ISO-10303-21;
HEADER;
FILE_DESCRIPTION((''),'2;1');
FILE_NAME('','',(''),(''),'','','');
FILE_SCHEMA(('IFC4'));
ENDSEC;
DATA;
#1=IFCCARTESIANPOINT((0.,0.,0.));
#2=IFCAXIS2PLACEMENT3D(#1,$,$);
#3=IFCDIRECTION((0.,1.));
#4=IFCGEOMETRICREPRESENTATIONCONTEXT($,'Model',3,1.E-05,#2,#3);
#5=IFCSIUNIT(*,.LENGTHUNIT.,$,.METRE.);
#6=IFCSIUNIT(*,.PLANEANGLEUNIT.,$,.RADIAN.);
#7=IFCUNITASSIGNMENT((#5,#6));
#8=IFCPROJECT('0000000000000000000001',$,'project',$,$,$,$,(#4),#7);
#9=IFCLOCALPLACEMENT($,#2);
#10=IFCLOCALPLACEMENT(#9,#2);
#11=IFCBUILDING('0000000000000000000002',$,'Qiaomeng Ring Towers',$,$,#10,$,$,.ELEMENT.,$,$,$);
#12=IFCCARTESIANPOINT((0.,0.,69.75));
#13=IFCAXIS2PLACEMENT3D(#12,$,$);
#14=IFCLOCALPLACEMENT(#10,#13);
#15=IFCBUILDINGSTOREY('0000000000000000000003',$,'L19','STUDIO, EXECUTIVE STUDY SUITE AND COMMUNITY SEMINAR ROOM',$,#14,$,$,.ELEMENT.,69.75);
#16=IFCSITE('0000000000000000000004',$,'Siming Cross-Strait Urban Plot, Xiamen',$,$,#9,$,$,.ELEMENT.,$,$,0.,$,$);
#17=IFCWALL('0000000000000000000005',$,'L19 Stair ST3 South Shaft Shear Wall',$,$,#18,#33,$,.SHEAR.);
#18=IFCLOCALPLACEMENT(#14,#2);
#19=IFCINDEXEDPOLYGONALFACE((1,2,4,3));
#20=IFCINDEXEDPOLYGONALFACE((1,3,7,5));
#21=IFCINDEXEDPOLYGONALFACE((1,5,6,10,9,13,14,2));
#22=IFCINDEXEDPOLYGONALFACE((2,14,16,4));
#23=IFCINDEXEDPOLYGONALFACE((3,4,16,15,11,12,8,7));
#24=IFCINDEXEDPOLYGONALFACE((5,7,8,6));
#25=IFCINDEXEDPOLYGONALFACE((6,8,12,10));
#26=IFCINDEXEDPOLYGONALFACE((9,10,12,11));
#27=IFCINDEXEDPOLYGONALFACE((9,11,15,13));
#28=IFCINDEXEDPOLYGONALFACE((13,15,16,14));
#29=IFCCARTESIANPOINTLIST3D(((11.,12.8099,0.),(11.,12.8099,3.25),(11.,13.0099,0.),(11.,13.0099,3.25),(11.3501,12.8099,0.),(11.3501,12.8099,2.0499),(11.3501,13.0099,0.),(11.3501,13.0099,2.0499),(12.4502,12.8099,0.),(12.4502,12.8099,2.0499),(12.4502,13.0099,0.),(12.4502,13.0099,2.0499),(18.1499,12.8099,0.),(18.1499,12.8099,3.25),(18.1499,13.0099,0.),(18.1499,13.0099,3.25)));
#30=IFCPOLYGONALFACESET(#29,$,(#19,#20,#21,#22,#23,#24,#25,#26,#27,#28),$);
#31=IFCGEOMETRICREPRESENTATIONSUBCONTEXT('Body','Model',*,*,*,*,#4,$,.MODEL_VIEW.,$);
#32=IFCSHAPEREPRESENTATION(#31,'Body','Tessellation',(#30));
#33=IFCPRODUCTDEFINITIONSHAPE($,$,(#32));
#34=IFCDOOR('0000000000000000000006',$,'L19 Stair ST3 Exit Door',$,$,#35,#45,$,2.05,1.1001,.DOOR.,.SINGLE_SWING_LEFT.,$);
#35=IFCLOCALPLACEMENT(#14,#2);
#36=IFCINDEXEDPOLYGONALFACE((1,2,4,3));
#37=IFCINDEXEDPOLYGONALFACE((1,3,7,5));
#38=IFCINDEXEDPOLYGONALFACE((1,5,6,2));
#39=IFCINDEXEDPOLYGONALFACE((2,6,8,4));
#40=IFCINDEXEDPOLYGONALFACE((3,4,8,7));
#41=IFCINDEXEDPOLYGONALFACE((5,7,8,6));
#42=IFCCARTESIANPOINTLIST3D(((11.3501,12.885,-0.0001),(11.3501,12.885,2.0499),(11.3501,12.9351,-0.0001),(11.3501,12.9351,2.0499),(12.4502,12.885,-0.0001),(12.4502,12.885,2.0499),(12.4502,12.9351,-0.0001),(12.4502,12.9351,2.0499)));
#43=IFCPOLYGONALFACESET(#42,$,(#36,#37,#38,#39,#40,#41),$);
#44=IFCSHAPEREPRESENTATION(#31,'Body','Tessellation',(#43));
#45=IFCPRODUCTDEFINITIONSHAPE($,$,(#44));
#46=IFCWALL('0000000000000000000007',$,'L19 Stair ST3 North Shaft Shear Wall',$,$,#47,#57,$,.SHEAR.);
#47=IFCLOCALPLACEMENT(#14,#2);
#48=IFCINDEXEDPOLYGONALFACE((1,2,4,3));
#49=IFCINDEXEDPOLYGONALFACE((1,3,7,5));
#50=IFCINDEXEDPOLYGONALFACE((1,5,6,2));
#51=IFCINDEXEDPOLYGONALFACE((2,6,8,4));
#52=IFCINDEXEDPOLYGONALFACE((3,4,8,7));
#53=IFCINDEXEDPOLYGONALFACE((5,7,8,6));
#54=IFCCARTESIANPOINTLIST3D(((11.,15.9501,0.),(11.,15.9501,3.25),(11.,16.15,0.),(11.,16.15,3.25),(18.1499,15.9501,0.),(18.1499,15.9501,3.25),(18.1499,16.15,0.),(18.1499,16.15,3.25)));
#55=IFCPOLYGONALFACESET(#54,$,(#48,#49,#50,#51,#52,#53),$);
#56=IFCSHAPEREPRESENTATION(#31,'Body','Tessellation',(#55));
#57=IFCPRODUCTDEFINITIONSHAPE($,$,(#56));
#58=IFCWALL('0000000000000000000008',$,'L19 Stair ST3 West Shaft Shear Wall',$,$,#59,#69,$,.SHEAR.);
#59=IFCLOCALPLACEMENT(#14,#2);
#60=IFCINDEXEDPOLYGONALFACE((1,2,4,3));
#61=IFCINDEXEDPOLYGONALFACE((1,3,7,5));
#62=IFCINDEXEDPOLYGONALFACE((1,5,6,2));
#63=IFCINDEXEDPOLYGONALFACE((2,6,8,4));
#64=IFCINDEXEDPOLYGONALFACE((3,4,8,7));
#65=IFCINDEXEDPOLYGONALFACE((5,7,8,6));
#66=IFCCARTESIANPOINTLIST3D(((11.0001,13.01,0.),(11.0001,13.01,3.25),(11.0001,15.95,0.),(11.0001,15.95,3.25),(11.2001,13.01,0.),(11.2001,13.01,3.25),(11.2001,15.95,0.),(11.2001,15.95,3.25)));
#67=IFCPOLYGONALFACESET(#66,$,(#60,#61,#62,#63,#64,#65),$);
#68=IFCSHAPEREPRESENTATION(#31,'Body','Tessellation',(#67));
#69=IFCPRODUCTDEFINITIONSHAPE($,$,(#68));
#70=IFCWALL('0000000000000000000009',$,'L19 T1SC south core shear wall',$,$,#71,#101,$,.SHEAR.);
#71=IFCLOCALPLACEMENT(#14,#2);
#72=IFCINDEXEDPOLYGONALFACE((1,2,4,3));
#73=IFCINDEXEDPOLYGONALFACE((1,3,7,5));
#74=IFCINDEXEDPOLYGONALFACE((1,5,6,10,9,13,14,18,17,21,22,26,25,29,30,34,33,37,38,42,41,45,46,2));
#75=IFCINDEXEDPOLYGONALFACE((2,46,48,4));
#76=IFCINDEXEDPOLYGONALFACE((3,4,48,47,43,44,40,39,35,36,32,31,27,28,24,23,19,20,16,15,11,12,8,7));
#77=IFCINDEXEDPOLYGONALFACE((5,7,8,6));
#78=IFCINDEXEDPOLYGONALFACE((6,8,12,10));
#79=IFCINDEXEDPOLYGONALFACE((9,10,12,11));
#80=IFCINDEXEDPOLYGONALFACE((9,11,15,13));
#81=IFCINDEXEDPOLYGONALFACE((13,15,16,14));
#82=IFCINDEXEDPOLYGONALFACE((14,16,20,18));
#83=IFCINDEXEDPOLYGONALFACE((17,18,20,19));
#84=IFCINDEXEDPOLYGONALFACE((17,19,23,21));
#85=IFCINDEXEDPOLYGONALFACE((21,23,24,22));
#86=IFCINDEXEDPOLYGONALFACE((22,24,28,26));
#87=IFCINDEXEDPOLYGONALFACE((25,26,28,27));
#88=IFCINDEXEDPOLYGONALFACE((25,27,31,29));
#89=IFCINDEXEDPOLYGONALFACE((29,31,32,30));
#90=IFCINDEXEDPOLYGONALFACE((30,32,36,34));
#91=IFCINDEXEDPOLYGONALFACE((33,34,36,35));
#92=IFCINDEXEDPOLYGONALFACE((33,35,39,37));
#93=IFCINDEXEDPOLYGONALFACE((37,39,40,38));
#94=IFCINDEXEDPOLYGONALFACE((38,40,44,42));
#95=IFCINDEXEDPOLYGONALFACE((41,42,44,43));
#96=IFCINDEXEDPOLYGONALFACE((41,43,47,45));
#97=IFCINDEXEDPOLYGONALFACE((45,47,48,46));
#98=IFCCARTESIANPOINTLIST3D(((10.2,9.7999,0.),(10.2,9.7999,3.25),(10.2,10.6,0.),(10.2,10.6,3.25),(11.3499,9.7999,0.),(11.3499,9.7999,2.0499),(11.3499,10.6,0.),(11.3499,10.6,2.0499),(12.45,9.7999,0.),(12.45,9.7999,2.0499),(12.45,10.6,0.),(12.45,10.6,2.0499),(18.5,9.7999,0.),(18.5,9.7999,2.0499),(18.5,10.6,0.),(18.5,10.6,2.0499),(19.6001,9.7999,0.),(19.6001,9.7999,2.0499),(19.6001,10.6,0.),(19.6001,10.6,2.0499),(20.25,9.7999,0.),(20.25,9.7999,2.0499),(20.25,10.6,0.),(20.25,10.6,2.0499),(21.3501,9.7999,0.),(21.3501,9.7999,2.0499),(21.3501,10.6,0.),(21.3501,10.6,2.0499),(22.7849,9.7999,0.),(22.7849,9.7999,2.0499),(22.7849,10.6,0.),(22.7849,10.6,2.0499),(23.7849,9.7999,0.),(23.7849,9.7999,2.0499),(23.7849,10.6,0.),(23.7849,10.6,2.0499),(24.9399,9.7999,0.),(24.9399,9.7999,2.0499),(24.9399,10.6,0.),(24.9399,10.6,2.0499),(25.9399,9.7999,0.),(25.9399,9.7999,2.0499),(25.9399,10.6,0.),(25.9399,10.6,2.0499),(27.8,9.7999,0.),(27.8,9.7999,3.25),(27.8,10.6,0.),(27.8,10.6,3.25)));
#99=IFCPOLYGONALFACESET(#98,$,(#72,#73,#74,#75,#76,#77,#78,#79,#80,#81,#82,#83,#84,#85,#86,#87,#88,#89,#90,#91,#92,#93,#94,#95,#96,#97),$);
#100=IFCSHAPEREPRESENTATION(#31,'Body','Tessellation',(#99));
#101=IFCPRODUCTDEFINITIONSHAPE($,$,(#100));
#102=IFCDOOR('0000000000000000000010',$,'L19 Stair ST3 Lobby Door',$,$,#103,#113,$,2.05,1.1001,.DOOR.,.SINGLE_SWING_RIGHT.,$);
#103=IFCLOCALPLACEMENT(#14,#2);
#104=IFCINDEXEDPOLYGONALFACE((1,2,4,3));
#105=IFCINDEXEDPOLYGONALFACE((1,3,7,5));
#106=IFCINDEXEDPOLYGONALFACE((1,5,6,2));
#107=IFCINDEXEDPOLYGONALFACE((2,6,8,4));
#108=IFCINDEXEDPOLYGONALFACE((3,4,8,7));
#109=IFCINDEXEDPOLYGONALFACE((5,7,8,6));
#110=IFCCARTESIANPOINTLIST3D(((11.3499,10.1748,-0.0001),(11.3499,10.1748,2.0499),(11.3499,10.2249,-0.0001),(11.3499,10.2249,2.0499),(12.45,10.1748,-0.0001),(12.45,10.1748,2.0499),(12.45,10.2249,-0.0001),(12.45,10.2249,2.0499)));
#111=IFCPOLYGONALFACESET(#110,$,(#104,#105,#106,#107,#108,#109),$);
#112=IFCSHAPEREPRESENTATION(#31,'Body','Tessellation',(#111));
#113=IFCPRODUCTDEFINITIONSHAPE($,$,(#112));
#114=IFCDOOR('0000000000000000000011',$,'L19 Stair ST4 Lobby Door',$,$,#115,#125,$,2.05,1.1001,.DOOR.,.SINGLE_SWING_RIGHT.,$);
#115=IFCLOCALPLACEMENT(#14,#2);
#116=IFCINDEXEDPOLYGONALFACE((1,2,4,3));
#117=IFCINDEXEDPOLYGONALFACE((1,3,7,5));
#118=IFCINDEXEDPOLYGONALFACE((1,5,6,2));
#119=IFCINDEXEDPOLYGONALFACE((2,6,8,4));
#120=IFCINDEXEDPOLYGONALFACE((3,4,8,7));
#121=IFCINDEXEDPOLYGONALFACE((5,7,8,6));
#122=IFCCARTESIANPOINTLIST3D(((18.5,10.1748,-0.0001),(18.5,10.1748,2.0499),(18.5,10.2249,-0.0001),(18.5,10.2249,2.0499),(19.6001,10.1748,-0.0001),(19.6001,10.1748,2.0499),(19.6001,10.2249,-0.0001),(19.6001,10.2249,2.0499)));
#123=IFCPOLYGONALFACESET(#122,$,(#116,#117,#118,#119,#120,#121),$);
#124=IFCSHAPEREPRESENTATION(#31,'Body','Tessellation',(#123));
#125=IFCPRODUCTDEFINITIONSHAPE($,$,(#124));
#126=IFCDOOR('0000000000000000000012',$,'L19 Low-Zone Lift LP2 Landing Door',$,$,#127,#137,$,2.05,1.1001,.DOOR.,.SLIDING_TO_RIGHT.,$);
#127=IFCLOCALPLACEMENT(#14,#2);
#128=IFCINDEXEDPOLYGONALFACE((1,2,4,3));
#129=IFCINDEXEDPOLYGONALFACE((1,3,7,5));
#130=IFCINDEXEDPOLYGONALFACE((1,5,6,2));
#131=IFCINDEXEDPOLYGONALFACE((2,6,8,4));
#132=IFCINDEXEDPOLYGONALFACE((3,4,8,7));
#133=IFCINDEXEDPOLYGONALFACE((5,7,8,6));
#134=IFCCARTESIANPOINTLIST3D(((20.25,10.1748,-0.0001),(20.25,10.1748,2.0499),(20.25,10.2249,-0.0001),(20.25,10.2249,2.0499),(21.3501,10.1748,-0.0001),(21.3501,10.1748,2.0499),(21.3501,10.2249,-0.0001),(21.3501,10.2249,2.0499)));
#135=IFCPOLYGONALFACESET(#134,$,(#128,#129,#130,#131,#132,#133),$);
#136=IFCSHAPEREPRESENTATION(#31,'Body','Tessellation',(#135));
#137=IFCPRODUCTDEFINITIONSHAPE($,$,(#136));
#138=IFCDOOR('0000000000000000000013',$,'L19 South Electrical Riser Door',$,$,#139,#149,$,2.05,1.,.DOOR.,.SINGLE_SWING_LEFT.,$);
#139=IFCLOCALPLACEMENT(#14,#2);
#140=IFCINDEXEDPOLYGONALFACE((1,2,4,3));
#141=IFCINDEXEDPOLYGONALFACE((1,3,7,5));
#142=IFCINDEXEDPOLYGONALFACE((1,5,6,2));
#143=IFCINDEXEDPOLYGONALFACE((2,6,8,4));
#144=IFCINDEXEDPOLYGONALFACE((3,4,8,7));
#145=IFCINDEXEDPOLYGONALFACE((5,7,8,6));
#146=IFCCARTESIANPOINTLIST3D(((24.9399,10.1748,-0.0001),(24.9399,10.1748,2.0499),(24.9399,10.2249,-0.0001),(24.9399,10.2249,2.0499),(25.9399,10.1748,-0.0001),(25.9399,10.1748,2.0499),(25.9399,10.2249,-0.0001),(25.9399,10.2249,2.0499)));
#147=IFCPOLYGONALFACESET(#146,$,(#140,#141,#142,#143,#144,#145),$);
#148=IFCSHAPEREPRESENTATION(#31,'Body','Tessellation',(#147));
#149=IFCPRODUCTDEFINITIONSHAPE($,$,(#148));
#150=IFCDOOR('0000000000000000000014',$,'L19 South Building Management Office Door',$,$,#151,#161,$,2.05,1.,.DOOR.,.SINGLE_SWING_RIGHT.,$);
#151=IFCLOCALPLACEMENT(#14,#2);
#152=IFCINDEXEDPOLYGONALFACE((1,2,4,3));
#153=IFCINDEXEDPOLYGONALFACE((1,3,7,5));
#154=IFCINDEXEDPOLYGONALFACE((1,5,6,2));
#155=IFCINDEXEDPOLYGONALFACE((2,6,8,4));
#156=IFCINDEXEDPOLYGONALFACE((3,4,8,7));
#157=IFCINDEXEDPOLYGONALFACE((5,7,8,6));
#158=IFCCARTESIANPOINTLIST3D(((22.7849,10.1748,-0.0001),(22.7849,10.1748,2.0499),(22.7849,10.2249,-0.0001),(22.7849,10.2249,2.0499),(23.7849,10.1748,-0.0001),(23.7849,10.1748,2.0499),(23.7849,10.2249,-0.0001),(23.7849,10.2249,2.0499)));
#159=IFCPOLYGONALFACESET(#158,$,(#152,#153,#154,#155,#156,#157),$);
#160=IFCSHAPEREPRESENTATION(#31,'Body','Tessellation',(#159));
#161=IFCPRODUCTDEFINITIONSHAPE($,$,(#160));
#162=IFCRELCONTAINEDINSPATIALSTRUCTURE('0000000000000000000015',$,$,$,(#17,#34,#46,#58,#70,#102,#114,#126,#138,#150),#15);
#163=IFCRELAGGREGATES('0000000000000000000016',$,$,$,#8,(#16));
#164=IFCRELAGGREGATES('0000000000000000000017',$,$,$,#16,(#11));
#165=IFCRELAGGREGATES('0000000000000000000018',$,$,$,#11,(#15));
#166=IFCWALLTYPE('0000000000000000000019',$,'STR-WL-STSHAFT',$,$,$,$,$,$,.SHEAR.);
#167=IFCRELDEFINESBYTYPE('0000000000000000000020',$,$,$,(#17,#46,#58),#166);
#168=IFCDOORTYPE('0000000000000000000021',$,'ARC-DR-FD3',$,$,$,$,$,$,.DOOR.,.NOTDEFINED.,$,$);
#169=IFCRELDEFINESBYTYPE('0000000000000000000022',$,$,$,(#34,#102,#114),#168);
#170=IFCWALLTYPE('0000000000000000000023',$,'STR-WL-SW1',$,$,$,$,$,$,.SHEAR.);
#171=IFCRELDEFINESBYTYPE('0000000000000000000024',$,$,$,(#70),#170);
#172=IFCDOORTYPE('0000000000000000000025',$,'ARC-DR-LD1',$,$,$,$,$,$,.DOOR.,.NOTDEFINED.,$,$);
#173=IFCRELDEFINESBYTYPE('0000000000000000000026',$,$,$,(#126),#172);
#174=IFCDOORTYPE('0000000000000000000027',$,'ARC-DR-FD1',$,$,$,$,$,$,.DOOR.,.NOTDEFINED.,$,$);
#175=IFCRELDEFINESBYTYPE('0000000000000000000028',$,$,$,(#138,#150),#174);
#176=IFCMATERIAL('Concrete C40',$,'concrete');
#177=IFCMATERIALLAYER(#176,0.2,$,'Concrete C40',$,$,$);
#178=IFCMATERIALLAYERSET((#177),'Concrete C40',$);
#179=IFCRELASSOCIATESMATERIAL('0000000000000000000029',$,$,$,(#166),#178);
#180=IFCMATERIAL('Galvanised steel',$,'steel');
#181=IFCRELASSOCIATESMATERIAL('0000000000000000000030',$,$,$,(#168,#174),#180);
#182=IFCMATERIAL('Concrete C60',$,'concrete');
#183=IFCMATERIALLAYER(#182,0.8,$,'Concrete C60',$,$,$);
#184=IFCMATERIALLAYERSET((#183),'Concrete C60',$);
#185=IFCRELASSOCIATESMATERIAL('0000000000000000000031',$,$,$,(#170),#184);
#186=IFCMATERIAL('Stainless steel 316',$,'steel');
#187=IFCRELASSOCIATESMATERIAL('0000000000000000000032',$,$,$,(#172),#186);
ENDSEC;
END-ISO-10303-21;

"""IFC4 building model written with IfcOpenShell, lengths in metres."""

from ifc_helpers import new_model, si_unit, direction, frame, frame_2d, origin, place, context, subcontext, project, spatial, rectangle, extrude, source, transform, mapped, material, layer, layer_set, type_object, element, fill, save


model = new_model("IFC4")

# Units and contexts
model_context = context("Model", 3, precision=1e-05, world=origin(), true_north=direction((0.0, 1.0)))
body_context = subcontext(model_context, "Body", "Model", "MODEL_VIEW")
ifc_project = project(units=[si_unit("LENGTHUNIT", "METRE"), si_unit("PLANEANGLEUNIT", "RADIAN")], contexts=[model_context])

# Site, building, storey
site_placement = place(None, origin())
site = spatial("IfcSite", under=ifc_project, at=site_placement, Name="Siming Cross-Strait Urban Plot, Xiamen", CompositionType="ELEMENT", RefElevation=0.0)
building_placement = place(site_placement, origin())
building = spatial("IfcBuilding", under=site, at=building_placement, Name="Qiaomeng Ring Towers", CompositionType="ELEMENT")
storey_placement = place(building_placement, frame((0.0, 0.0, 69.75)))
storey = spatial("IfcBuildingStorey", under=building, at=storey_placement, Name="L19", Description="STUDIO, EXECUTIVE STUDY SUITE AND COMMUNITY SEMINAR ROOM", CompositionType="ELEMENT", Elevation=69.75)

# Shared definitions
shared_shape_1 = source(origin(), body_context, "Body", "SweptSolid", [
    extrude(rectangle(XDim=1.0, YDim=2.05, at=frame_2d((0.5, 1.0249))), frame((0.0, 0.0249, 0.0), z_axis=(0.0, -1.0, 0.0), x_axis=(1.0, 0.0, 0.0)), (0.0, 0.0, 1.0), 0.05),
])

# Wall, opening, door
ifc_material_1 = material(Name="Concrete C40", Category="concrete")
ifc_layer_1 = layer(ifc_material_1, 0.2, Name="Concrete C40")
ifc_layer_set_1 = layer_set([ifc_layer_1], Name="Concrete C40")
wall_type_1 = type_object("IfcWallType", Name="STR-WL-STSHAFT", PredefinedType="SHEAR", material=ifc_layer_set_1)
wall_1_placement = place(storey_placement, frame((11.0, 12.9099, 0.0), z_axis=(0.0, 0.0, 1.0), x_axis=(1.0, 0.0, 0.0)))
wall_1 = element("IfcWall", 1, at=wall_1_placement, inside=storey, type_object=wall_type_1, Name="L19 Stair ST3 South Shaft Shear Wall", PredefinedType="SHEAR", context=body_context, shape_type="SweptSolid", body=[
    extrude(rectangle(XDim=7.1499, YDim=0.2, at=frame_2d((3.575, 0.0))), origin(), (0.0, 0.0, 1.0), 3.25),
])
opening_1_placement = place(wall_1_placement, frame((0.3501, 0.0, 0.0)))
opening_1 = element("IfcOpeningElement", 2, at=opening_1_placement, cuts=wall_1, PredefinedType="OPENING", context=body_context, shape_type="SweptSolid", body=[
    extrude(rectangle(XDim=1.1001, YDim=2.05, at=frame_2d((0.55, 1.0249))), frame((0.0, 0.1099, 0.0), z_axis=(0.0, -1.0, 0.0), x_axis=(1.0, 0.0, 0.0)), (0.0, 0.0, 1.0), 0.22),
])
ifc_material_2 = material(Name="Galvanised steel", Category="steel")
door_type_1 = type_object("IfcDoorType", Name="ARC-DR-FD3", OperationType="NOTDEFINED", PredefinedType="DOOR", material=ifc_material_2)
shared_shape_2 = source(origin(), body_context, "Body", "SweptSolid", [
    extrude(rectangle(XDim=1.1001, YDim=2.05, at=frame_2d((0.55, 1.0249))), frame((0.0, 0.0249, 0.0), z_axis=(0.0, -1.0, 0.0), x_axis=(1.0, 0.0, 0.0)), (0.0, 0.0, 1.0), 0.05),
])
door_1_placement = place(opening_1_placement, frame((1.1001, 0.0, 0.0), z_axis=(0.0, 0.0, 1.0), x_axis=(-1.0, 0.0, 0.0)))
door_1 = element("IfcDoor", 3, at=door_1_placement, inside=storey, type_object=door_type_1, Name="L19 Stair ST3 Exit Door", OperationType="SINGLE_SWING_LEFT", OverallHeight=2.05, OverallWidth=1.1001, PredefinedType="DOOR", context=body_context, shape_type="MappedRepresentation", body=[
    mapped(shared_shape_2, transform((0.0, 0.0, 0.0), x_axis=(1.0, 0.0, 0.0), y_axis=(0.0, 1.0, 0.0), z_axis=(0.0, 0.0, 1.0), scale=1.0)),
])
fill(opening_1, door_1)

# Walls
wall_2_placement = place(storey_placement, frame((11.0, 16.05, 0.0), z_axis=(0.0, 0.0, 1.0), x_axis=(1.0, 0.0, 0.0)))
element("IfcWall", 4, at=wall_2_placement, inside=storey, type_object=wall_type_1, Name="L19 Stair ST3 North Shaft Shear Wall", PredefinedType="SHEAR", context=body_context, shape_type="SweptSolid", body=[
    extrude(rectangle(XDim=7.1499, YDim=0.2, at=frame_2d((3.575, 0.0))), origin(), (0.0, 0.0, 1.0), 3.25),
])
wall_3_placement = place(storey_placement, frame((11.1001, 13.01, 0.0), z_axis=(0.0, 0.0, 1.0), x_axis=(0.0, 1.0, 0.0)))
element("IfcWall", 5, at=wall_3_placement, inside=storey, type_object=wall_type_1, Name="L19 Stair ST3 West Shaft Shear Wall", PredefinedType="SHEAR", context=body_context, shape_type="SweptSolid", body=[
    extrude(rectangle(XDim=2.9399, YDim=0.2, at=frame_2d((1.47, 0.0))), origin(), (0.0, 0.0, 1.0), 3.25),
])

# Wall, openings, doors
ifc_material_3 = material(Name="Concrete C60", Category="concrete")
ifc_layer_2 = layer(ifc_material_3, 0.8, Name="Concrete C60")
ifc_layer_set_2 = layer_set([ifc_layer_2], Name="Concrete C60")
wall_type_2 = type_object("IfcWallType", Name="STR-WL-SW1", PredefinedType="SHEAR", material=ifc_layer_set_2)
wall_4_placement = place(storey_placement, frame((10.2, 10.2, 0.0), z_axis=(0.0, 0.0, 1.0), x_axis=(1.0, 0.0, 0.0)))
wall_4 = element("IfcWall", 6, at=wall_4_placement, inside=storey, type_object=wall_type_2, Name="L19 T1SC south core shear wall", PredefinedType="SHEAR", context=body_context, shape_type="SweptSolid", body=[
    extrude(rectangle(XDim=17.6001, YDim=0.8, at=frame_2d((8.8, 0.0))), origin(), (0.0, 0.0, 1.0), 3.25),
])
opening_2_placement = place(wall_4_placement, frame((1.1499, 0.0, 0.0)))
opening_2 = element("IfcOpeningElement", 7, at=opening_2_placement, cuts=wall_4, PredefinedType="OPENING", context=body_context, shape_type="SweptSolid", body=[
    extrude(rectangle(XDim=1.1001, YDim=2.05, at=frame_2d((0.55, 1.0249))), frame((0.0, 0.4099, 0.0), z_axis=(0.0, -1.0, 0.0), x_axis=(1.0, 0.0, 0.0)), (0.0, 0.0, 1.0), 0.8201),
])
opening_3_placement = place(wall_4_placement, frame((8.3, 0.0, 0.0)))
opening_3 = element("IfcOpeningElement", 8, at=opening_3_placement, cuts=wall_4, PredefinedType="OPENING", context=body_context, shape_type="SweptSolid", body=[
    extrude(rectangle(XDim=1.1001, YDim=2.05, at=frame_2d((0.55, 1.0249))), frame((0.0, 0.4099, 0.0), z_axis=(0.0, -1.0, 0.0), x_axis=(1.0, 0.0, 0.0)), (0.0, 0.0, 1.0), 0.8201),
])
opening_4_placement = place(wall_4_placement, frame((10.05, 0.0, 0.0)))
opening_4 = element("IfcOpeningElement", 9, at=opening_4_placement, cuts=wall_4, PredefinedType="OPENING", context=body_context, shape_type="SweptSolid", body=[
    extrude(rectangle(XDim=1.1001, YDim=2.05, at=frame_2d((0.55, 1.0249))), frame((0.0, 0.4099, 0.0), z_axis=(0.0, -1.0, 0.0), x_axis=(1.0, 0.0, 0.0)), (0.0, 0.0, 1.0), 0.8201),
])
opening_5_placement = place(wall_4_placement, frame((14.74, 0.0, 0.0)))
opening_5 = element("IfcOpeningElement", 10, at=opening_5_placement, cuts=wall_4, PredefinedType="OPENING", context=body_context, shape_type="SweptSolid", body=[
    extrude(rectangle(XDim=1.0, YDim=2.05, at=frame_2d((0.5, 1.0249))), frame((0.0, 0.4099, 0.0), z_axis=(0.0, -1.0, 0.0), x_axis=(1.0, 0.0, 0.0)), (0.0, 0.0, 1.0), 0.8201),
])
opening_6_placement = place(wall_4_placement, frame((12.585, 0.0, 0.0)))
opening_6 = element("IfcOpeningElement", 11, at=opening_6_placement, cuts=wall_4, PredefinedType="OPENING", context=body_context, shape_type="SweptSolid", body=[
    extrude(rectangle(XDim=1.0, YDim=2.05, at=frame_2d((0.5, 1.0249))), frame((0.0, 0.4099, 0.0), z_axis=(0.0, -1.0, 0.0), x_axis=(1.0, 0.0, 0.0)), (0.0, 0.0, 1.0), 0.8201),
])
door_2_placement = place(opening_2_placement, origin())
door_2 = element("IfcDoor", 12, at=door_2_placement, inside=storey, type_object=door_type_1, Name="L19 Stair ST3 Lobby Door", OperationType="SINGLE_SWING_RIGHT", OverallHeight=2.05, OverallWidth=1.1001, PredefinedType="DOOR", context=body_context, shape_type="MappedRepresentation", body=[
    mapped(shared_shape_2, transform((0.0, 0.0, 0.0), x_axis=(1.0, 0.0, 0.0), y_axis=(0.0, 1.0, 0.0), z_axis=(0.0, 0.0, 1.0), scale=1.0)),
])
fill(opening_2, door_2)
door_3_placement = place(opening_3_placement, origin())
door_3 = element("IfcDoor", 13, at=door_3_placement, inside=storey, type_object=door_type_1, Name="L19 Stair ST4 Lobby Door", OperationType="SINGLE_SWING_RIGHT", OverallHeight=2.05, OverallWidth=1.1001, PredefinedType="DOOR", context=body_context, shape_type="MappedRepresentation", body=[
    mapped(shared_shape_2, transform((0.0, 0.0, 0.0), x_axis=(1.0, 0.0, 0.0), y_axis=(0.0, 1.0, 0.0), z_axis=(0.0, 0.0, 1.0), scale=1.0)),
])
fill(opening_3, door_3)
ifc_material_4 = material(Name="Stainless steel 316", Category="steel")
door_type_2 = type_object("IfcDoorType", Name="ARC-DR-LD1", OperationType="NOTDEFINED", PredefinedType="DOOR", material=ifc_material_4)
door_4_placement = place(opening_4_placement, origin())
door_4 = element("IfcDoor", 14, at=door_4_placement, inside=storey, type_object=door_type_2, Name="L19 Low-Zone Lift LP2 Landing Door", OperationType="SLIDING_TO_RIGHT", OverallHeight=2.05, OverallWidth=1.1001, PredefinedType="DOOR", context=body_context, shape_type="MappedRepresentation", body=[
    mapped(shared_shape_2, transform((0.0, 0.0, 0.0), x_axis=(1.0, 0.0, 0.0), y_axis=(0.0, 1.0, 0.0), z_axis=(0.0, 0.0, 1.0), scale=1.0)),
])
fill(opening_4, door_4)
door_type_3 = type_object("IfcDoorType", Name="ARC-DR-FD1", OperationType="NOTDEFINED", PredefinedType="DOOR", material=ifc_material_2)
door_5_placement = place(opening_5_placement, origin())
door_5 = element("IfcDoor", 15, at=door_5_placement, inside=storey, type_object=door_type_3, Name="L19 South Electrical Riser Door", OperationType="SINGLE_SWING_LEFT", OverallHeight=2.05, OverallWidth=1.0, PredefinedType="DOOR", context=body_context, shape_type="MappedRepresentation", body=[
    mapped(shared_shape_1, transform((0.0, 0.0, 0.0), x_axis=(1.0, 0.0, 0.0), y_axis=(0.0, 1.0, 0.0), z_axis=(0.0, 0.0, 1.0), scale=1.0)),
])
fill(opening_5, door_5)
door_6_placement = place(opening_6_placement, origin())
door_6 = element("IfcDoor", 16, at=door_6_placement, inside=storey, type_object=door_type_3, Name="L19 South Building Management Office Door", OperationType="SINGLE_SWING_RIGHT", OverallHeight=2.05, OverallWidth=1.0, PredefinedType="DOOR", context=body_context, shape_type="MappedRepresentation", body=[
    mapped(shared_shape_1, transform((0.0, 0.0, 0.0), x_axis=(1.0, 0.0, 0.0), y_axis=(0.0, 1.0, 0.0), z_axis=(0.0, 0.0, 1.0), scale=1.0)),
])
fill(opening_6, door_6)

save(model, "model.ifc")
